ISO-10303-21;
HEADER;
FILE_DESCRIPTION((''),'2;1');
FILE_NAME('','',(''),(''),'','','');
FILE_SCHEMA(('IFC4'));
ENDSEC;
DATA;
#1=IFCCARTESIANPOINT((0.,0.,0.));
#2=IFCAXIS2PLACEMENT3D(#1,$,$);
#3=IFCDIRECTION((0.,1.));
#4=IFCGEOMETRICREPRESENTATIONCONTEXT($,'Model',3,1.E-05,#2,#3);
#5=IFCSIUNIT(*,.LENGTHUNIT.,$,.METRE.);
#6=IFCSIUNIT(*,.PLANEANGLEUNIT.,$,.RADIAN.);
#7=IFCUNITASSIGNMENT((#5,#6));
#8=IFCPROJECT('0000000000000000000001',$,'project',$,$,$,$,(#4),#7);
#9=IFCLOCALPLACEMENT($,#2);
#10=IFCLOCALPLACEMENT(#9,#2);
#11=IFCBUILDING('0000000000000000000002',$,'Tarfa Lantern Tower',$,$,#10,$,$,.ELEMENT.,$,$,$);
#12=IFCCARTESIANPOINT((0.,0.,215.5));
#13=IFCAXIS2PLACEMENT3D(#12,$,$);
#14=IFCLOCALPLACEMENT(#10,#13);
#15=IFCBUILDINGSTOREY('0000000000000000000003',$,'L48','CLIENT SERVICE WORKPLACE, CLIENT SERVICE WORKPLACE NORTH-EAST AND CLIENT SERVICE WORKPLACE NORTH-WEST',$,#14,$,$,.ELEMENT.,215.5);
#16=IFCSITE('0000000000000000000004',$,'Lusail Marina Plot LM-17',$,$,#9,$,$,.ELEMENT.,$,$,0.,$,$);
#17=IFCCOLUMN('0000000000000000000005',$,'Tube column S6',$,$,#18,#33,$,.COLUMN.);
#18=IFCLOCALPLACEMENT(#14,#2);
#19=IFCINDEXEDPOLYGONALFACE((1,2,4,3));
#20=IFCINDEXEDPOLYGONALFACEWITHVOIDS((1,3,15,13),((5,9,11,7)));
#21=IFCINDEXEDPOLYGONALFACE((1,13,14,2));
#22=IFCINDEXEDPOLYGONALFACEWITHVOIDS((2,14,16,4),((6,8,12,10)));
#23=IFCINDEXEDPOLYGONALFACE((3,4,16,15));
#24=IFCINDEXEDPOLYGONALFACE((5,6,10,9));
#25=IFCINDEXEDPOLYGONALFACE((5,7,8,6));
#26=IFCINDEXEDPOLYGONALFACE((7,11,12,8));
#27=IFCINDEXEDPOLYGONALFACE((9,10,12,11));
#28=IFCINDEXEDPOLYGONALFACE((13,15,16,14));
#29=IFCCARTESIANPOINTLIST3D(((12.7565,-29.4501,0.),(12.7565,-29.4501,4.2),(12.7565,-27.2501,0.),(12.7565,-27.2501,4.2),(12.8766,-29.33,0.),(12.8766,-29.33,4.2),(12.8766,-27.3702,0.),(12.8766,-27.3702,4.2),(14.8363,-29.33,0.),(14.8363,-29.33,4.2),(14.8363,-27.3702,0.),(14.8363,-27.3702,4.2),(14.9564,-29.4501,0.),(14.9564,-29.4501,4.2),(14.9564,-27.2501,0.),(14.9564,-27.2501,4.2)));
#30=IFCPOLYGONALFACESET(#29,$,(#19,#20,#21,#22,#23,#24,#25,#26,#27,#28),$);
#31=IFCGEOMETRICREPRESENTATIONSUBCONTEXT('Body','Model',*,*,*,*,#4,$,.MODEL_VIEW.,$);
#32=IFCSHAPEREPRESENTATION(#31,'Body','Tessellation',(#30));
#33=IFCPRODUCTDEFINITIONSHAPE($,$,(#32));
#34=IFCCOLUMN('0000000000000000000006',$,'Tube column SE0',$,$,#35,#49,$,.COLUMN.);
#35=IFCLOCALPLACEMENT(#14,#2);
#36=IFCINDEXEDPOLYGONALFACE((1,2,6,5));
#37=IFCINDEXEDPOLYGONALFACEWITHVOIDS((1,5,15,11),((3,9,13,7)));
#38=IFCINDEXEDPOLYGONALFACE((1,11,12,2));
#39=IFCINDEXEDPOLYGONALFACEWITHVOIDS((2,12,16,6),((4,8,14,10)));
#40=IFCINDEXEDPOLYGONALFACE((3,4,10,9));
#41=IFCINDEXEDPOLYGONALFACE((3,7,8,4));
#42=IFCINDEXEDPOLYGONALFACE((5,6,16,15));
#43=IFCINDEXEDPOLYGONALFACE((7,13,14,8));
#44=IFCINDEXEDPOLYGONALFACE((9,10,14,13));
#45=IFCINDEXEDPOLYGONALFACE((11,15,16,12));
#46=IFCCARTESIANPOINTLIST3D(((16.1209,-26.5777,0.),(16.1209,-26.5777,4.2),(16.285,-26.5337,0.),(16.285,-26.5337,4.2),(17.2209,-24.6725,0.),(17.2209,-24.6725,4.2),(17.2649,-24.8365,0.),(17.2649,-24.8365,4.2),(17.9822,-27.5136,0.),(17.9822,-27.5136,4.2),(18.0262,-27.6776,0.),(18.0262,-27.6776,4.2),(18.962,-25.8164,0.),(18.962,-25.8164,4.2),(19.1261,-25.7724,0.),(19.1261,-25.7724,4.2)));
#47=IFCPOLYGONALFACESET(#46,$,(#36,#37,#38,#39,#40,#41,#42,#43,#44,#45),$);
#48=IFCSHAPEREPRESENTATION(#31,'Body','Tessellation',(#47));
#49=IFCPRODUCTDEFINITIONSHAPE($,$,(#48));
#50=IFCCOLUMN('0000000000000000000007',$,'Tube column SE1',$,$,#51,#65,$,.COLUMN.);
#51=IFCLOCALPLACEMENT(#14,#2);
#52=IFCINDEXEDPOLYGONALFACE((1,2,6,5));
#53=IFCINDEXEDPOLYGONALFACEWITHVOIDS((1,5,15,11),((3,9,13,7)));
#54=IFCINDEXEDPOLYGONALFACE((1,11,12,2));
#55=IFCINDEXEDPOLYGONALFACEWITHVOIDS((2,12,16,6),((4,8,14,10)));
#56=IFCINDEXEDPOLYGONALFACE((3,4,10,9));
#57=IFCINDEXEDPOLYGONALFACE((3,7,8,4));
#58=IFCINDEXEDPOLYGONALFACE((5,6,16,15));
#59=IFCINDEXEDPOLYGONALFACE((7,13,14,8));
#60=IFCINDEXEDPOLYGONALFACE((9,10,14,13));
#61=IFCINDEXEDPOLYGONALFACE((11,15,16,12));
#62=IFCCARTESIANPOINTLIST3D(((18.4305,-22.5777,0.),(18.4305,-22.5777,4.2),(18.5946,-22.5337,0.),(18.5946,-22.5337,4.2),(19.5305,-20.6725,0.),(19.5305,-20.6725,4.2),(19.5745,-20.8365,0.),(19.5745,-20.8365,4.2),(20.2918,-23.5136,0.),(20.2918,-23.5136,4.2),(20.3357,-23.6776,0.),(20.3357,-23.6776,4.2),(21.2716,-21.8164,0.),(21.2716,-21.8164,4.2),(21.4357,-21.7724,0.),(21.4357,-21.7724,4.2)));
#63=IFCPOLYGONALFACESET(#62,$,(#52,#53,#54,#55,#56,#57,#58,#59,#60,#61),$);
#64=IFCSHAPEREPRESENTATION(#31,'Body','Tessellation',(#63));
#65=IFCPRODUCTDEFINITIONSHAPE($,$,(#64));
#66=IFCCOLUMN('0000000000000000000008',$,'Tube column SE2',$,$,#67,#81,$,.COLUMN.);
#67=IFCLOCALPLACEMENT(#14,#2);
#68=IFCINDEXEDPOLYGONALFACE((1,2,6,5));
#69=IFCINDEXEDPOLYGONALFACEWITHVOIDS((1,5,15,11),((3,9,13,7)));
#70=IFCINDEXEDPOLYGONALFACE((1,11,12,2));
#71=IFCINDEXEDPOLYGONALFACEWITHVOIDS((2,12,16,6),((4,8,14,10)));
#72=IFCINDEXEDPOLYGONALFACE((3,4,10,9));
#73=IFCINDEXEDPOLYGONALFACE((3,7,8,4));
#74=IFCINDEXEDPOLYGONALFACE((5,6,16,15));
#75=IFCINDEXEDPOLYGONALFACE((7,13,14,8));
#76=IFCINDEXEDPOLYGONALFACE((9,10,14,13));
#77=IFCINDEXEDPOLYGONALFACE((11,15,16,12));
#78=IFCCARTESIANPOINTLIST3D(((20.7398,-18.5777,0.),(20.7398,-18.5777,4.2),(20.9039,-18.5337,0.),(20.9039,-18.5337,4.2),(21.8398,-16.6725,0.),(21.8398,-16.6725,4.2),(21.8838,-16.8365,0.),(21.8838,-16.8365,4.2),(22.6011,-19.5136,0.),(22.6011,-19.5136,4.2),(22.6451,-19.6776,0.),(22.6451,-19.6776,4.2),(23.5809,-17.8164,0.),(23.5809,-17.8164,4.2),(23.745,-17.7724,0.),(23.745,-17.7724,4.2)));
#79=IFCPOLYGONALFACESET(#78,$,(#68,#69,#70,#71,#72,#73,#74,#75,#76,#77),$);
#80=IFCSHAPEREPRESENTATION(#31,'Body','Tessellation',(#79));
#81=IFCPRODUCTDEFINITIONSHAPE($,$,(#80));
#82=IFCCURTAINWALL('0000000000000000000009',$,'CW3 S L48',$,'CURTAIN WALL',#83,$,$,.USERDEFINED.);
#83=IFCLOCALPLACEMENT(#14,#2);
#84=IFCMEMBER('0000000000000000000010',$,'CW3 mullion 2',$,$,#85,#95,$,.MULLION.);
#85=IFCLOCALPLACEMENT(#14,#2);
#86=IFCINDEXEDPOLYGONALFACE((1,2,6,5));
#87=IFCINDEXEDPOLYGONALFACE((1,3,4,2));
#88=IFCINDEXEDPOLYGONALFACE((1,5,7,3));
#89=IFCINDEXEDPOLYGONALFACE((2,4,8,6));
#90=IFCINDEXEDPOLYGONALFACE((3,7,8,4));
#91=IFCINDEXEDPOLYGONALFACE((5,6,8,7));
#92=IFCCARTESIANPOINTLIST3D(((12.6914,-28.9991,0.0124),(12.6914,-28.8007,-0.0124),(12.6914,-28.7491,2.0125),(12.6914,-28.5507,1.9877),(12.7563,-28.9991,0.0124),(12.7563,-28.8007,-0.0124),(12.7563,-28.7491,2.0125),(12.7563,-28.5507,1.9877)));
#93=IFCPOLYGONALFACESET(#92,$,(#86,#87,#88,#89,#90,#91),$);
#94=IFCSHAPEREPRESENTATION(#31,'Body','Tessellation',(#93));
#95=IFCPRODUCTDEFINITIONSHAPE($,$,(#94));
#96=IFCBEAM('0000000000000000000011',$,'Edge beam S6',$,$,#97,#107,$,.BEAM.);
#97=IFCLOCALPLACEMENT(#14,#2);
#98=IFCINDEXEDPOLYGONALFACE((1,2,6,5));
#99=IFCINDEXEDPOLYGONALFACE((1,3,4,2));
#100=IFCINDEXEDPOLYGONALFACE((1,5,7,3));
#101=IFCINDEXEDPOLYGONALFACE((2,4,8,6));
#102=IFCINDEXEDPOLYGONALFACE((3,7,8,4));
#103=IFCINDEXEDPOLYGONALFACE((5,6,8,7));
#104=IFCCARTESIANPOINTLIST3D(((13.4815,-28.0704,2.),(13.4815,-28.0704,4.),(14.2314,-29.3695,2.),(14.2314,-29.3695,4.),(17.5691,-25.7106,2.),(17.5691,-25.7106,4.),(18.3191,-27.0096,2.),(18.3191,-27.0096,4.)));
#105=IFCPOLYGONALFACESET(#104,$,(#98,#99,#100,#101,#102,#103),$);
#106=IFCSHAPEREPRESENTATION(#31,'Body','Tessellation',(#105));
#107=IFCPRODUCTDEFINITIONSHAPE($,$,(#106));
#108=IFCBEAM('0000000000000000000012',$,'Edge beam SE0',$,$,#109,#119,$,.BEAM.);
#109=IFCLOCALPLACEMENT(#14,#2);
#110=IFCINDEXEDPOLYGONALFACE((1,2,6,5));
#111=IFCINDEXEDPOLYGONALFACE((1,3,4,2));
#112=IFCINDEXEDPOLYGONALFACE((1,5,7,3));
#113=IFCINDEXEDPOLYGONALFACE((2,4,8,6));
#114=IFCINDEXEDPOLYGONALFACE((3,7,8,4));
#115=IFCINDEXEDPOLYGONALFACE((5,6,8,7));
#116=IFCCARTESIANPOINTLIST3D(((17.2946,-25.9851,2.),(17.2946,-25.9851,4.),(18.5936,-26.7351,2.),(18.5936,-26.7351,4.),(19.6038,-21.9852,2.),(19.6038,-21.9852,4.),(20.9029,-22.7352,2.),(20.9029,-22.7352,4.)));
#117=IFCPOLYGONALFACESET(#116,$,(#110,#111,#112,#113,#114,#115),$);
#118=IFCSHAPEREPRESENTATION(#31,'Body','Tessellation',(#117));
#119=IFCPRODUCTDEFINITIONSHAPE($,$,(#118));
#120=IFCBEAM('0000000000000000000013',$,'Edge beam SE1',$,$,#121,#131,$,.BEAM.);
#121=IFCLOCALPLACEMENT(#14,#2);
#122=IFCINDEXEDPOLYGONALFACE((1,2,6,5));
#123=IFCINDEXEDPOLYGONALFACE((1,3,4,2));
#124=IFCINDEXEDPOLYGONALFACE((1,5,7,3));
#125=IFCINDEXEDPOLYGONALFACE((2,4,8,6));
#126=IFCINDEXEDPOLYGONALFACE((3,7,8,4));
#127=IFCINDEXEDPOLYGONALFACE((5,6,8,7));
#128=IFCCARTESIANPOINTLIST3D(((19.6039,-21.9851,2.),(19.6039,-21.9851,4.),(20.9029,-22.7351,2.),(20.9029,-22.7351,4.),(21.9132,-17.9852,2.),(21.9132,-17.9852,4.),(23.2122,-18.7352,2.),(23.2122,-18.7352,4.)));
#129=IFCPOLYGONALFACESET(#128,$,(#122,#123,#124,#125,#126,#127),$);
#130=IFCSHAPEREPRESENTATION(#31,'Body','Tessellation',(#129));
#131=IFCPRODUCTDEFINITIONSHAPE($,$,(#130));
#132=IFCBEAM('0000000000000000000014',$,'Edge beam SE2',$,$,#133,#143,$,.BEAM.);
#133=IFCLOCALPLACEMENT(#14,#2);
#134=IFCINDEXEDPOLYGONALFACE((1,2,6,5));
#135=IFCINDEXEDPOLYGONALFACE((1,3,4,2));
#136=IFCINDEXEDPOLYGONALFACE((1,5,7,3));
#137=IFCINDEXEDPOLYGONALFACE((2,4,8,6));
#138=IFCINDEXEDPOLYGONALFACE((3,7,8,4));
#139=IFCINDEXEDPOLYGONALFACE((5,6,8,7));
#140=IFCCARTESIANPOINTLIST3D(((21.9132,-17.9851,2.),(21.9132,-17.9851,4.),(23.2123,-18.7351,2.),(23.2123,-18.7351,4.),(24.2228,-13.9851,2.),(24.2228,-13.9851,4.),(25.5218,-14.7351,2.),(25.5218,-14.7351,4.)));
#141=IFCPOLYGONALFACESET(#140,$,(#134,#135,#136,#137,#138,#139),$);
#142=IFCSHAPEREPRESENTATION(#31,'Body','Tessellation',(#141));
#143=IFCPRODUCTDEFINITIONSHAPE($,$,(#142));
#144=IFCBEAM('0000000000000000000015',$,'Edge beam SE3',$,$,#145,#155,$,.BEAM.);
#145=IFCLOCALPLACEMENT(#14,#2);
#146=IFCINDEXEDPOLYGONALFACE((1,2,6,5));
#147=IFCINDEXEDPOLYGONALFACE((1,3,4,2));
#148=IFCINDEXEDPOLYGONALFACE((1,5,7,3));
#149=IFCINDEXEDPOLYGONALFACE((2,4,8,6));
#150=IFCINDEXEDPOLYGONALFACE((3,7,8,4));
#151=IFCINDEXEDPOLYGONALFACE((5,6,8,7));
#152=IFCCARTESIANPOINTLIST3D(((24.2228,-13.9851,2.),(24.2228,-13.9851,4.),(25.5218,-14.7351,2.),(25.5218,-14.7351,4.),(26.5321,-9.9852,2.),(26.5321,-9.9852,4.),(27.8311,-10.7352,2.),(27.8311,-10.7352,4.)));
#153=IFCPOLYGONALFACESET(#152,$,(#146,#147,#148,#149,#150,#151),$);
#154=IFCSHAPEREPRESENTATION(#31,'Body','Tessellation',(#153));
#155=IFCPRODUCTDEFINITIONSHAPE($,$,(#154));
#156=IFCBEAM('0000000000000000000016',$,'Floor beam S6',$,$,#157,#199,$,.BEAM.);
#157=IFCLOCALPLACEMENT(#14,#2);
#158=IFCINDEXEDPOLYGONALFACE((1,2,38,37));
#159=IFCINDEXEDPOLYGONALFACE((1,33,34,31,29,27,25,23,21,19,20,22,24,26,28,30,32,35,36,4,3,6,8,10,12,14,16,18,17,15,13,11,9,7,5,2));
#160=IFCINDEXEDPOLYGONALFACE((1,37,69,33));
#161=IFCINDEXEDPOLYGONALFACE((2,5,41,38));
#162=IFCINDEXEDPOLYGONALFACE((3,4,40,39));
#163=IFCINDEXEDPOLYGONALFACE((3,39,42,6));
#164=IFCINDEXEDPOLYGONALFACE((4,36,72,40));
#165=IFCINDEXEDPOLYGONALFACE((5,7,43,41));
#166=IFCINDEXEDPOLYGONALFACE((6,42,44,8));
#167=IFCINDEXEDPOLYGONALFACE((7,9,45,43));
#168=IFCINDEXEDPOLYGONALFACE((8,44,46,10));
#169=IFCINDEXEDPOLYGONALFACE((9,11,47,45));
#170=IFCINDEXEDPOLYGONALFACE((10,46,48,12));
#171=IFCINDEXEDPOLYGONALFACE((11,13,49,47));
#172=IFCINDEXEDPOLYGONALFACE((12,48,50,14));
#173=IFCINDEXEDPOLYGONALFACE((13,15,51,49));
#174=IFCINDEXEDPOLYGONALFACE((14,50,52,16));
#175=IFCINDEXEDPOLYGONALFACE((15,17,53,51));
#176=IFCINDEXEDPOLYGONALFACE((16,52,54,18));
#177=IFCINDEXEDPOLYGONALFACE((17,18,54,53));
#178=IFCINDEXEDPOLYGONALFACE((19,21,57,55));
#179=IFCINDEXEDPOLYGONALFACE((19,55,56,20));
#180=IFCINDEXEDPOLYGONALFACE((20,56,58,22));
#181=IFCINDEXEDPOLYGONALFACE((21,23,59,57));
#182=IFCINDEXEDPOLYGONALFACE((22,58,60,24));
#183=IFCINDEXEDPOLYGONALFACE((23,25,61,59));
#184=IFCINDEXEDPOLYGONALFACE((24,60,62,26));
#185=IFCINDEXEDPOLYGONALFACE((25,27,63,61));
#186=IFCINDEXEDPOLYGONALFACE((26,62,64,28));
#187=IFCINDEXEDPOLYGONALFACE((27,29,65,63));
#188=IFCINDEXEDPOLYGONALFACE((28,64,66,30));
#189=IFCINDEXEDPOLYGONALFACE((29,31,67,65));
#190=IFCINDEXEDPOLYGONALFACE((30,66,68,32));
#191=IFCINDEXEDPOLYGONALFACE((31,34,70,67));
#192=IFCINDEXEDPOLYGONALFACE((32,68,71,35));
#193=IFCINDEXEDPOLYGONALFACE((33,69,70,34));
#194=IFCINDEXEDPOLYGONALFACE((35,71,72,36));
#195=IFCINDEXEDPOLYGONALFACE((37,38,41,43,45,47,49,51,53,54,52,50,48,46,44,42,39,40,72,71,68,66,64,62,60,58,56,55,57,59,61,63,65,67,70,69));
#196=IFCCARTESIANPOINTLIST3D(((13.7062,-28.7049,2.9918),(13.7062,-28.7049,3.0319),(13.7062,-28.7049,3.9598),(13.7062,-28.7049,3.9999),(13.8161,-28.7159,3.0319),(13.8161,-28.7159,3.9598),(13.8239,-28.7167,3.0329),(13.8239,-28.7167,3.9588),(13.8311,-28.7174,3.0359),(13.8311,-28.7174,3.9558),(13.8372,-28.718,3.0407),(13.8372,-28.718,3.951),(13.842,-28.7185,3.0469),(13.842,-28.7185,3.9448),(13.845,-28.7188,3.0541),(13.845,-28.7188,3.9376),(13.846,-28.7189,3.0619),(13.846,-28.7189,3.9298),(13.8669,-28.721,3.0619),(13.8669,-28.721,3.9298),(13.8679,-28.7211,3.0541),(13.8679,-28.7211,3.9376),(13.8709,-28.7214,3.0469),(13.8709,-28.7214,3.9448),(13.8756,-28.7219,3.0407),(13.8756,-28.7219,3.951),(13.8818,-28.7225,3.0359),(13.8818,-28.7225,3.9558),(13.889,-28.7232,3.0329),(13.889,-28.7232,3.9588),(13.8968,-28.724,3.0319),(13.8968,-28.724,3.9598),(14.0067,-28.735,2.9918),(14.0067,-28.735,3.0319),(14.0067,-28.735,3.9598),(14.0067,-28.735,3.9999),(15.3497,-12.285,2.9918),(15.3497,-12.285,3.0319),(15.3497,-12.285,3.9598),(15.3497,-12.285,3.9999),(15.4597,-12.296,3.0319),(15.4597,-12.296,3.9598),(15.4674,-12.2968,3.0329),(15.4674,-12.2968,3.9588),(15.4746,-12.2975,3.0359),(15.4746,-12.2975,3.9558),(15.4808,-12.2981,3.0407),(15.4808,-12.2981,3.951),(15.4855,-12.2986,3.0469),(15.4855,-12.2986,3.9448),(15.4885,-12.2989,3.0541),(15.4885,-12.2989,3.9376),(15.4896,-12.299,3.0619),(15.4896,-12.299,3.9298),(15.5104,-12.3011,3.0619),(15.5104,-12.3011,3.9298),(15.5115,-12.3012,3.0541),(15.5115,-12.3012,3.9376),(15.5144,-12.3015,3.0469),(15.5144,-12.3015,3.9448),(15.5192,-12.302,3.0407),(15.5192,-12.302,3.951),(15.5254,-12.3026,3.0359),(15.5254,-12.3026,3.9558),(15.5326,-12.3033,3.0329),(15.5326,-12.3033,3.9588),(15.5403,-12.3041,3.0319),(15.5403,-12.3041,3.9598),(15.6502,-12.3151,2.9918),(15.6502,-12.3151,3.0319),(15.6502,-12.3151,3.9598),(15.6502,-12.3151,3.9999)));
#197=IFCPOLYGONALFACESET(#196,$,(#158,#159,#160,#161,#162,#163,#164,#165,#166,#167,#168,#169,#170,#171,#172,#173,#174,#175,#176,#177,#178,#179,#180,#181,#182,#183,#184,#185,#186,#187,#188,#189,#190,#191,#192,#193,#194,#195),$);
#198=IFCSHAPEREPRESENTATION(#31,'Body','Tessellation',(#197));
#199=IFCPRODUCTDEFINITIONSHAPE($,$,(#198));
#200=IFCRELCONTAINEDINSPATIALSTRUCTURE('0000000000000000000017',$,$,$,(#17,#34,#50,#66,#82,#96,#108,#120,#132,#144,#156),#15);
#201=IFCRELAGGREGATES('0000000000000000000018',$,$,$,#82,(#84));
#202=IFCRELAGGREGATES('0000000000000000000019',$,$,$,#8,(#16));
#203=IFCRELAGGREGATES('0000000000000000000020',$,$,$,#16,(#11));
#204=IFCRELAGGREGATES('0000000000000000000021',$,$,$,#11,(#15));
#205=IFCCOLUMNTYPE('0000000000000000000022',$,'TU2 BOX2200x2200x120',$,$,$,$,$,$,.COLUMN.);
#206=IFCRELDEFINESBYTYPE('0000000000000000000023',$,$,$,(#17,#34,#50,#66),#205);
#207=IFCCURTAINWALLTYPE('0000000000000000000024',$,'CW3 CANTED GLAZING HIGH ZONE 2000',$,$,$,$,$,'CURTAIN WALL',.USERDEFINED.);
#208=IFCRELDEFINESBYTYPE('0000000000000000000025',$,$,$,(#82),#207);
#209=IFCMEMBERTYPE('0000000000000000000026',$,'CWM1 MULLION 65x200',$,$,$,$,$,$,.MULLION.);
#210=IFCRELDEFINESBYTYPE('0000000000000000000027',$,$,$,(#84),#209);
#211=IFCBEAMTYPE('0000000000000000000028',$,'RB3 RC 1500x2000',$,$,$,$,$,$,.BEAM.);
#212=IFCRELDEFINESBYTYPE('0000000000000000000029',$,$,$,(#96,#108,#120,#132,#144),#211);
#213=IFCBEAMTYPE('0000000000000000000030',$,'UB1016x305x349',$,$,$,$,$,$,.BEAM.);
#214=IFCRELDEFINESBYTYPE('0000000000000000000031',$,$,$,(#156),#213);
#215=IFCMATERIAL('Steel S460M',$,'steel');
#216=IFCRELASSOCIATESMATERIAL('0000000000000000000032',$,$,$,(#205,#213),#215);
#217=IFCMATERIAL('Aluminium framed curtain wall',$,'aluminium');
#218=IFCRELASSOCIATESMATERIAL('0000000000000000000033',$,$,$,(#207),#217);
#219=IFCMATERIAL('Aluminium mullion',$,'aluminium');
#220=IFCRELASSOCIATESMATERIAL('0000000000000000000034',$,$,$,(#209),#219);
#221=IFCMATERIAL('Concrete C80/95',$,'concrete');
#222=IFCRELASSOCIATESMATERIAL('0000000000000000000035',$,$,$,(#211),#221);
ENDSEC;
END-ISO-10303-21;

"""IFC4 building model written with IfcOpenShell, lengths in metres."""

from ifc_helpers import new_model, si_unit, direction, frame, origin, origin_2d, place, context, subcontext, project, spatial, rectangle, hollow_rectangle, i_section, extrude, material, material_profile, profile_set, type_object, element, aggregate, save


model = new_model("IFC4")

# Units and contexts
model_context = context("Model", 3, precision=1e-05, world=origin(), true_north=direction((0.0, 1.0)))
body_context = subcontext(model_context, "Body", "Model", "MODEL_VIEW")
ifc_project = project(units=[si_unit("LENGTHUNIT", "METRE"), si_unit("PLANEANGLEUNIT", "RADIAN")], contexts=[model_context])

# Site, building, storey
site_placement = place(None, origin())
site = spatial("IfcSite", under=ifc_project, at=site_placement, Name="Lusail Marina Plot LM-17", CompositionType="ELEMENT", RefElevation=0.0)
building_placement = place(site_placement, origin())
building = spatial("IfcBuilding", under=site, at=building_placement, Name="Tarfa Lantern Tower", CompositionType="ELEMENT")
storey_placement = place(building_placement, frame((0.0, 0.0, 215.5)))
storey = spatial("IfcBuildingStorey", under=building, at=storey_placement, Name="L48", Description="CLIENT SERVICE WORKPLACE, CLIENT SERVICE WORKPLACE NORTH-EAST AND CLIENT SERVICE WORKPLACE NORTH-WEST", CompositionType="ELEMENT", Elevation=215.5)

# Columns
ifc_material_1 = material(Name="Steel S460M", Category="steel")
ifc_material_profile_1 = material_profile(ifc_material_1, hollow_rectangle(XDim=2.2, YDim=2.2, WallThickness=0.1201, at=origin_2d()), Name="BOX2200x2200x120")
ifc_profile_set_1 = profile_set([ifc_material_profile_1], Name="Steel S460M")
column_type = type_object("IfcColumnType", Name="TU2 BOX2200x2200x120", PredefinedType="COLUMN", material=ifc_profile_set_1)
for number, where, z_axis, x_axis, name in (
    (1, (13.8564, -28.3501, 0.0), (0.0, 0.0, 1.0), (1.0, 0.0, 0.0), "Tube column S6"),
    (2, (17.6235, -26.175, 0.0), (0.0, 0.0, 1.0), (0.5, 0.866025, 0.0), "Tube column SE0"),
    (3, (19.9331, -22.175, 0.0), (0.0, 0.0, 1.0), (0.5, 0.866025, 0.0), "Tube column SE1"),
    (4, (22.2424, -18.175, 0.0), (0.0, 0.0, 1.0), (0.5, 0.866025, 0.0), "Tube column SE2"),
):
    element("IfcColumn", number, at=place(storey_placement, frame(where, z_axis=z_axis, x_axis=x_axis)), inside=storey, type_object=column_type, Name=name, PredefinedType="COLUMN", context=body_context, shape_type="SweptSolid", body=[
        extrude(hollow_rectangle(XDim=2.2, YDim=2.2, WallThickness=0.1201, at=origin_2d()), origin(), (0.0, 0.0, 1.0), 4.2),
    ])

# Curtain wall, member
ifc_material_2 = material(Name="Aluminium framed curtain wall", Category="aluminium")
curtain_wall_type = type_object("IfcCurtainWallType", Name="CW3 CANTED GLAZING HIGH ZONE 2000", ElementType="CURTAIN WALL", PredefinedType="USERDEFINED", material=ifc_material_2)
curtain_wall_placement = place(storey_placement, origin())
curtain_wall = element("IfcCurtainWall", 5, at=curtain_wall_placement, inside=storey, type_object=curtain_wall_type, Name="CW3 S L48", ObjectType="CURTAIN WALL", PredefinedType="USERDEFINED")
ifc_material_3 = material(Name="Aluminium mullion", Category="aluminium")
ifc_material_profile_2 = material_profile(ifc_material_3, rectangle(XDim=0.0649, YDim=0.2, at=origin_2d()), Name="AL MULLION 65x200")
ifc_profile_set_2 = profile_set([ifc_material_profile_2], Name="Aluminium mullion")
member_type = type_object("IfcMemberType", Name="CWM1 MULLION 65x200", PredefinedType="MULLION", material=ifc_profile_set_2)
member_placement = place(storey_placement, frame((12.7239, -28.8999, 0.0), z_axis=(0.0, 0.124035, 0.992278), x_axis=(-1.0, 0.0, 0.0)))
member = element("IfcMember", 6, at=member_placement, type_object=member_type, Name="CW3 mullion 2", PredefinedType="MULLION", context=body_context, shape_type="SweptSolid", body=[
    extrude(rectangle(XDim=0.0649, YDim=0.2, at=origin_2d()), origin(), (0.0, 0.0, 1.0), 2.0156),
])
aggregate(curtain_wall, [member])

# Beams
ifc_material_4 = material(Name="Concrete C80/95", Category="concrete")
ifc_material_profile_3 = material_profile(ifc_material_4, rectangle(XDim=1.5, YDim=2.0, at=origin_2d()), Name="RC 1500x2000")
ifc_profile_set_3 = profile_set([ifc_material_profile_3], Name="Concrete C80/95")
beam_type_1 = type_object("IfcBeamType", Name="RB3 RC 1500x2000", PredefinedType="BEAM", material=ifc_profile_set_3)
beam_1_placement = place(storey_placement, frame((13.8564, -28.72, 3.0), z_axis=(0.866038, 0.499978, 0.0), x_axis=(-0.499978, 0.866038, 0.0)))
element("IfcBeam", 7, at=beam_1_placement, inside=storey, type_object=beam_type_1, Name="Edge beam S6", PredefinedType="BEAM", context=body_context, shape_type="SweptSolid", body=[
    extrude(rectangle(XDim=1.5, YDim=2.0, at=origin_2d()), origin(), (0.0, 0.0, 1.0), 4.72),
])
for number, where, z_axis, x_axis, name in (
    (8, (17.9441, -26.3601, 3.0), (0.499988, 0.866032, 0.0), (-0.866032, 0.499988, 0.0), "Edge beam SE0"),
    (9, (20.2534, -22.3601, 3.0), (0.499988, 0.866032, 0.0), (-0.866032, 0.499988, 0.0), "Edge beam SE1"),
):
    element("IfcBeam", number, at=place(storey_placement, frame(where, z_axis=z_axis, x_axis=x_axis)), inside=storey, type_object=beam_type_1, Name=name, PredefinedType="BEAM", context=body_context, shape_type="SweptSolid", body=[
        extrude(rectangle(XDim=1.5, YDim=2.0, at=origin_2d()), origin(), (0.0, 0.0, 1.0), 4.6187),
    ])
beam_2_placement = place(storey_placement, frame((22.5627, -18.3601, 3.0), z_axis=(0.500027, 0.86601, 0.0), x_axis=(-0.86601, 0.500027, 0.0)))
element("IfcBeam", 10, at=beam_2_placement, inside=storey, type_object=beam_type_1, Name="Edge beam SE2", PredefinedType="BEAM", context=body_context, shape_type="SweptSolid", body=[
    extrude(rectangle(XDim=1.5, YDim=2.0, at=origin_2d()), origin(), (0.0, 0.0, 1.0), 4.6189),
])
beam_3_placement = place(storey_placement, frame((24.8723, -14.3601, 3.0), z_axis=(0.499988, 0.866032, 0.0), x_axis=(-0.866032, 0.499988, 0.0)))
element("IfcBeam", 11, at=beam_3_placement, inside=storey, type_object=beam_type_1, Name="Edge beam SE3", PredefinedType="BEAM", context=body_context, shape_type="SweptSolid", body=[
    extrude(rectangle(XDim=1.5, YDim=2.0, at=origin_2d()), origin(), (0.0, 0.0, 1.0), 4.6187),
])
ifc_material_profile_4 = material_profile(ifc_material_1, i_section(OverallWidth=0.302, OverallDepth=1.0081, WebThickness=0.021, FlangeThickness=0.04, FilletRadius=0.03, at=origin_2d()), Name="UB1016x305x349")
ifc_profile_set_4 = profile_set([ifc_material_profile_4], Name="Steel S460M")
beam_type_2 = type_object("IfcBeamType", Name="UB1016x305x349", PredefinedType="BEAM", material=ifc_profile_set_4)
beam_4_placement = place(storey_placement, frame((13.8564, -28.72, 3.4958), z_axis=(0.099597, 0.995028, 0.0), x_axis=(-0.995028, 0.099597, 0.0)))
element("IfcBeam", 12, at=beam_4_placement, inside=storey, type_object=beam_type_2, Name="Floor beam S6", PredefinedType="BEAM", context=body_context, shape_type="SweptSolid", body=[
    extrude(i_section(OverallWidth=0.302, OverallDepth=1.0081, WebThickness=0.021, FlangeThickness=0.04, FilletRadius=0.03, at=origin_2d()), origin(), (0.0, 0.0, 1.0), 16.502),
])

save(model, "model.ifc")
